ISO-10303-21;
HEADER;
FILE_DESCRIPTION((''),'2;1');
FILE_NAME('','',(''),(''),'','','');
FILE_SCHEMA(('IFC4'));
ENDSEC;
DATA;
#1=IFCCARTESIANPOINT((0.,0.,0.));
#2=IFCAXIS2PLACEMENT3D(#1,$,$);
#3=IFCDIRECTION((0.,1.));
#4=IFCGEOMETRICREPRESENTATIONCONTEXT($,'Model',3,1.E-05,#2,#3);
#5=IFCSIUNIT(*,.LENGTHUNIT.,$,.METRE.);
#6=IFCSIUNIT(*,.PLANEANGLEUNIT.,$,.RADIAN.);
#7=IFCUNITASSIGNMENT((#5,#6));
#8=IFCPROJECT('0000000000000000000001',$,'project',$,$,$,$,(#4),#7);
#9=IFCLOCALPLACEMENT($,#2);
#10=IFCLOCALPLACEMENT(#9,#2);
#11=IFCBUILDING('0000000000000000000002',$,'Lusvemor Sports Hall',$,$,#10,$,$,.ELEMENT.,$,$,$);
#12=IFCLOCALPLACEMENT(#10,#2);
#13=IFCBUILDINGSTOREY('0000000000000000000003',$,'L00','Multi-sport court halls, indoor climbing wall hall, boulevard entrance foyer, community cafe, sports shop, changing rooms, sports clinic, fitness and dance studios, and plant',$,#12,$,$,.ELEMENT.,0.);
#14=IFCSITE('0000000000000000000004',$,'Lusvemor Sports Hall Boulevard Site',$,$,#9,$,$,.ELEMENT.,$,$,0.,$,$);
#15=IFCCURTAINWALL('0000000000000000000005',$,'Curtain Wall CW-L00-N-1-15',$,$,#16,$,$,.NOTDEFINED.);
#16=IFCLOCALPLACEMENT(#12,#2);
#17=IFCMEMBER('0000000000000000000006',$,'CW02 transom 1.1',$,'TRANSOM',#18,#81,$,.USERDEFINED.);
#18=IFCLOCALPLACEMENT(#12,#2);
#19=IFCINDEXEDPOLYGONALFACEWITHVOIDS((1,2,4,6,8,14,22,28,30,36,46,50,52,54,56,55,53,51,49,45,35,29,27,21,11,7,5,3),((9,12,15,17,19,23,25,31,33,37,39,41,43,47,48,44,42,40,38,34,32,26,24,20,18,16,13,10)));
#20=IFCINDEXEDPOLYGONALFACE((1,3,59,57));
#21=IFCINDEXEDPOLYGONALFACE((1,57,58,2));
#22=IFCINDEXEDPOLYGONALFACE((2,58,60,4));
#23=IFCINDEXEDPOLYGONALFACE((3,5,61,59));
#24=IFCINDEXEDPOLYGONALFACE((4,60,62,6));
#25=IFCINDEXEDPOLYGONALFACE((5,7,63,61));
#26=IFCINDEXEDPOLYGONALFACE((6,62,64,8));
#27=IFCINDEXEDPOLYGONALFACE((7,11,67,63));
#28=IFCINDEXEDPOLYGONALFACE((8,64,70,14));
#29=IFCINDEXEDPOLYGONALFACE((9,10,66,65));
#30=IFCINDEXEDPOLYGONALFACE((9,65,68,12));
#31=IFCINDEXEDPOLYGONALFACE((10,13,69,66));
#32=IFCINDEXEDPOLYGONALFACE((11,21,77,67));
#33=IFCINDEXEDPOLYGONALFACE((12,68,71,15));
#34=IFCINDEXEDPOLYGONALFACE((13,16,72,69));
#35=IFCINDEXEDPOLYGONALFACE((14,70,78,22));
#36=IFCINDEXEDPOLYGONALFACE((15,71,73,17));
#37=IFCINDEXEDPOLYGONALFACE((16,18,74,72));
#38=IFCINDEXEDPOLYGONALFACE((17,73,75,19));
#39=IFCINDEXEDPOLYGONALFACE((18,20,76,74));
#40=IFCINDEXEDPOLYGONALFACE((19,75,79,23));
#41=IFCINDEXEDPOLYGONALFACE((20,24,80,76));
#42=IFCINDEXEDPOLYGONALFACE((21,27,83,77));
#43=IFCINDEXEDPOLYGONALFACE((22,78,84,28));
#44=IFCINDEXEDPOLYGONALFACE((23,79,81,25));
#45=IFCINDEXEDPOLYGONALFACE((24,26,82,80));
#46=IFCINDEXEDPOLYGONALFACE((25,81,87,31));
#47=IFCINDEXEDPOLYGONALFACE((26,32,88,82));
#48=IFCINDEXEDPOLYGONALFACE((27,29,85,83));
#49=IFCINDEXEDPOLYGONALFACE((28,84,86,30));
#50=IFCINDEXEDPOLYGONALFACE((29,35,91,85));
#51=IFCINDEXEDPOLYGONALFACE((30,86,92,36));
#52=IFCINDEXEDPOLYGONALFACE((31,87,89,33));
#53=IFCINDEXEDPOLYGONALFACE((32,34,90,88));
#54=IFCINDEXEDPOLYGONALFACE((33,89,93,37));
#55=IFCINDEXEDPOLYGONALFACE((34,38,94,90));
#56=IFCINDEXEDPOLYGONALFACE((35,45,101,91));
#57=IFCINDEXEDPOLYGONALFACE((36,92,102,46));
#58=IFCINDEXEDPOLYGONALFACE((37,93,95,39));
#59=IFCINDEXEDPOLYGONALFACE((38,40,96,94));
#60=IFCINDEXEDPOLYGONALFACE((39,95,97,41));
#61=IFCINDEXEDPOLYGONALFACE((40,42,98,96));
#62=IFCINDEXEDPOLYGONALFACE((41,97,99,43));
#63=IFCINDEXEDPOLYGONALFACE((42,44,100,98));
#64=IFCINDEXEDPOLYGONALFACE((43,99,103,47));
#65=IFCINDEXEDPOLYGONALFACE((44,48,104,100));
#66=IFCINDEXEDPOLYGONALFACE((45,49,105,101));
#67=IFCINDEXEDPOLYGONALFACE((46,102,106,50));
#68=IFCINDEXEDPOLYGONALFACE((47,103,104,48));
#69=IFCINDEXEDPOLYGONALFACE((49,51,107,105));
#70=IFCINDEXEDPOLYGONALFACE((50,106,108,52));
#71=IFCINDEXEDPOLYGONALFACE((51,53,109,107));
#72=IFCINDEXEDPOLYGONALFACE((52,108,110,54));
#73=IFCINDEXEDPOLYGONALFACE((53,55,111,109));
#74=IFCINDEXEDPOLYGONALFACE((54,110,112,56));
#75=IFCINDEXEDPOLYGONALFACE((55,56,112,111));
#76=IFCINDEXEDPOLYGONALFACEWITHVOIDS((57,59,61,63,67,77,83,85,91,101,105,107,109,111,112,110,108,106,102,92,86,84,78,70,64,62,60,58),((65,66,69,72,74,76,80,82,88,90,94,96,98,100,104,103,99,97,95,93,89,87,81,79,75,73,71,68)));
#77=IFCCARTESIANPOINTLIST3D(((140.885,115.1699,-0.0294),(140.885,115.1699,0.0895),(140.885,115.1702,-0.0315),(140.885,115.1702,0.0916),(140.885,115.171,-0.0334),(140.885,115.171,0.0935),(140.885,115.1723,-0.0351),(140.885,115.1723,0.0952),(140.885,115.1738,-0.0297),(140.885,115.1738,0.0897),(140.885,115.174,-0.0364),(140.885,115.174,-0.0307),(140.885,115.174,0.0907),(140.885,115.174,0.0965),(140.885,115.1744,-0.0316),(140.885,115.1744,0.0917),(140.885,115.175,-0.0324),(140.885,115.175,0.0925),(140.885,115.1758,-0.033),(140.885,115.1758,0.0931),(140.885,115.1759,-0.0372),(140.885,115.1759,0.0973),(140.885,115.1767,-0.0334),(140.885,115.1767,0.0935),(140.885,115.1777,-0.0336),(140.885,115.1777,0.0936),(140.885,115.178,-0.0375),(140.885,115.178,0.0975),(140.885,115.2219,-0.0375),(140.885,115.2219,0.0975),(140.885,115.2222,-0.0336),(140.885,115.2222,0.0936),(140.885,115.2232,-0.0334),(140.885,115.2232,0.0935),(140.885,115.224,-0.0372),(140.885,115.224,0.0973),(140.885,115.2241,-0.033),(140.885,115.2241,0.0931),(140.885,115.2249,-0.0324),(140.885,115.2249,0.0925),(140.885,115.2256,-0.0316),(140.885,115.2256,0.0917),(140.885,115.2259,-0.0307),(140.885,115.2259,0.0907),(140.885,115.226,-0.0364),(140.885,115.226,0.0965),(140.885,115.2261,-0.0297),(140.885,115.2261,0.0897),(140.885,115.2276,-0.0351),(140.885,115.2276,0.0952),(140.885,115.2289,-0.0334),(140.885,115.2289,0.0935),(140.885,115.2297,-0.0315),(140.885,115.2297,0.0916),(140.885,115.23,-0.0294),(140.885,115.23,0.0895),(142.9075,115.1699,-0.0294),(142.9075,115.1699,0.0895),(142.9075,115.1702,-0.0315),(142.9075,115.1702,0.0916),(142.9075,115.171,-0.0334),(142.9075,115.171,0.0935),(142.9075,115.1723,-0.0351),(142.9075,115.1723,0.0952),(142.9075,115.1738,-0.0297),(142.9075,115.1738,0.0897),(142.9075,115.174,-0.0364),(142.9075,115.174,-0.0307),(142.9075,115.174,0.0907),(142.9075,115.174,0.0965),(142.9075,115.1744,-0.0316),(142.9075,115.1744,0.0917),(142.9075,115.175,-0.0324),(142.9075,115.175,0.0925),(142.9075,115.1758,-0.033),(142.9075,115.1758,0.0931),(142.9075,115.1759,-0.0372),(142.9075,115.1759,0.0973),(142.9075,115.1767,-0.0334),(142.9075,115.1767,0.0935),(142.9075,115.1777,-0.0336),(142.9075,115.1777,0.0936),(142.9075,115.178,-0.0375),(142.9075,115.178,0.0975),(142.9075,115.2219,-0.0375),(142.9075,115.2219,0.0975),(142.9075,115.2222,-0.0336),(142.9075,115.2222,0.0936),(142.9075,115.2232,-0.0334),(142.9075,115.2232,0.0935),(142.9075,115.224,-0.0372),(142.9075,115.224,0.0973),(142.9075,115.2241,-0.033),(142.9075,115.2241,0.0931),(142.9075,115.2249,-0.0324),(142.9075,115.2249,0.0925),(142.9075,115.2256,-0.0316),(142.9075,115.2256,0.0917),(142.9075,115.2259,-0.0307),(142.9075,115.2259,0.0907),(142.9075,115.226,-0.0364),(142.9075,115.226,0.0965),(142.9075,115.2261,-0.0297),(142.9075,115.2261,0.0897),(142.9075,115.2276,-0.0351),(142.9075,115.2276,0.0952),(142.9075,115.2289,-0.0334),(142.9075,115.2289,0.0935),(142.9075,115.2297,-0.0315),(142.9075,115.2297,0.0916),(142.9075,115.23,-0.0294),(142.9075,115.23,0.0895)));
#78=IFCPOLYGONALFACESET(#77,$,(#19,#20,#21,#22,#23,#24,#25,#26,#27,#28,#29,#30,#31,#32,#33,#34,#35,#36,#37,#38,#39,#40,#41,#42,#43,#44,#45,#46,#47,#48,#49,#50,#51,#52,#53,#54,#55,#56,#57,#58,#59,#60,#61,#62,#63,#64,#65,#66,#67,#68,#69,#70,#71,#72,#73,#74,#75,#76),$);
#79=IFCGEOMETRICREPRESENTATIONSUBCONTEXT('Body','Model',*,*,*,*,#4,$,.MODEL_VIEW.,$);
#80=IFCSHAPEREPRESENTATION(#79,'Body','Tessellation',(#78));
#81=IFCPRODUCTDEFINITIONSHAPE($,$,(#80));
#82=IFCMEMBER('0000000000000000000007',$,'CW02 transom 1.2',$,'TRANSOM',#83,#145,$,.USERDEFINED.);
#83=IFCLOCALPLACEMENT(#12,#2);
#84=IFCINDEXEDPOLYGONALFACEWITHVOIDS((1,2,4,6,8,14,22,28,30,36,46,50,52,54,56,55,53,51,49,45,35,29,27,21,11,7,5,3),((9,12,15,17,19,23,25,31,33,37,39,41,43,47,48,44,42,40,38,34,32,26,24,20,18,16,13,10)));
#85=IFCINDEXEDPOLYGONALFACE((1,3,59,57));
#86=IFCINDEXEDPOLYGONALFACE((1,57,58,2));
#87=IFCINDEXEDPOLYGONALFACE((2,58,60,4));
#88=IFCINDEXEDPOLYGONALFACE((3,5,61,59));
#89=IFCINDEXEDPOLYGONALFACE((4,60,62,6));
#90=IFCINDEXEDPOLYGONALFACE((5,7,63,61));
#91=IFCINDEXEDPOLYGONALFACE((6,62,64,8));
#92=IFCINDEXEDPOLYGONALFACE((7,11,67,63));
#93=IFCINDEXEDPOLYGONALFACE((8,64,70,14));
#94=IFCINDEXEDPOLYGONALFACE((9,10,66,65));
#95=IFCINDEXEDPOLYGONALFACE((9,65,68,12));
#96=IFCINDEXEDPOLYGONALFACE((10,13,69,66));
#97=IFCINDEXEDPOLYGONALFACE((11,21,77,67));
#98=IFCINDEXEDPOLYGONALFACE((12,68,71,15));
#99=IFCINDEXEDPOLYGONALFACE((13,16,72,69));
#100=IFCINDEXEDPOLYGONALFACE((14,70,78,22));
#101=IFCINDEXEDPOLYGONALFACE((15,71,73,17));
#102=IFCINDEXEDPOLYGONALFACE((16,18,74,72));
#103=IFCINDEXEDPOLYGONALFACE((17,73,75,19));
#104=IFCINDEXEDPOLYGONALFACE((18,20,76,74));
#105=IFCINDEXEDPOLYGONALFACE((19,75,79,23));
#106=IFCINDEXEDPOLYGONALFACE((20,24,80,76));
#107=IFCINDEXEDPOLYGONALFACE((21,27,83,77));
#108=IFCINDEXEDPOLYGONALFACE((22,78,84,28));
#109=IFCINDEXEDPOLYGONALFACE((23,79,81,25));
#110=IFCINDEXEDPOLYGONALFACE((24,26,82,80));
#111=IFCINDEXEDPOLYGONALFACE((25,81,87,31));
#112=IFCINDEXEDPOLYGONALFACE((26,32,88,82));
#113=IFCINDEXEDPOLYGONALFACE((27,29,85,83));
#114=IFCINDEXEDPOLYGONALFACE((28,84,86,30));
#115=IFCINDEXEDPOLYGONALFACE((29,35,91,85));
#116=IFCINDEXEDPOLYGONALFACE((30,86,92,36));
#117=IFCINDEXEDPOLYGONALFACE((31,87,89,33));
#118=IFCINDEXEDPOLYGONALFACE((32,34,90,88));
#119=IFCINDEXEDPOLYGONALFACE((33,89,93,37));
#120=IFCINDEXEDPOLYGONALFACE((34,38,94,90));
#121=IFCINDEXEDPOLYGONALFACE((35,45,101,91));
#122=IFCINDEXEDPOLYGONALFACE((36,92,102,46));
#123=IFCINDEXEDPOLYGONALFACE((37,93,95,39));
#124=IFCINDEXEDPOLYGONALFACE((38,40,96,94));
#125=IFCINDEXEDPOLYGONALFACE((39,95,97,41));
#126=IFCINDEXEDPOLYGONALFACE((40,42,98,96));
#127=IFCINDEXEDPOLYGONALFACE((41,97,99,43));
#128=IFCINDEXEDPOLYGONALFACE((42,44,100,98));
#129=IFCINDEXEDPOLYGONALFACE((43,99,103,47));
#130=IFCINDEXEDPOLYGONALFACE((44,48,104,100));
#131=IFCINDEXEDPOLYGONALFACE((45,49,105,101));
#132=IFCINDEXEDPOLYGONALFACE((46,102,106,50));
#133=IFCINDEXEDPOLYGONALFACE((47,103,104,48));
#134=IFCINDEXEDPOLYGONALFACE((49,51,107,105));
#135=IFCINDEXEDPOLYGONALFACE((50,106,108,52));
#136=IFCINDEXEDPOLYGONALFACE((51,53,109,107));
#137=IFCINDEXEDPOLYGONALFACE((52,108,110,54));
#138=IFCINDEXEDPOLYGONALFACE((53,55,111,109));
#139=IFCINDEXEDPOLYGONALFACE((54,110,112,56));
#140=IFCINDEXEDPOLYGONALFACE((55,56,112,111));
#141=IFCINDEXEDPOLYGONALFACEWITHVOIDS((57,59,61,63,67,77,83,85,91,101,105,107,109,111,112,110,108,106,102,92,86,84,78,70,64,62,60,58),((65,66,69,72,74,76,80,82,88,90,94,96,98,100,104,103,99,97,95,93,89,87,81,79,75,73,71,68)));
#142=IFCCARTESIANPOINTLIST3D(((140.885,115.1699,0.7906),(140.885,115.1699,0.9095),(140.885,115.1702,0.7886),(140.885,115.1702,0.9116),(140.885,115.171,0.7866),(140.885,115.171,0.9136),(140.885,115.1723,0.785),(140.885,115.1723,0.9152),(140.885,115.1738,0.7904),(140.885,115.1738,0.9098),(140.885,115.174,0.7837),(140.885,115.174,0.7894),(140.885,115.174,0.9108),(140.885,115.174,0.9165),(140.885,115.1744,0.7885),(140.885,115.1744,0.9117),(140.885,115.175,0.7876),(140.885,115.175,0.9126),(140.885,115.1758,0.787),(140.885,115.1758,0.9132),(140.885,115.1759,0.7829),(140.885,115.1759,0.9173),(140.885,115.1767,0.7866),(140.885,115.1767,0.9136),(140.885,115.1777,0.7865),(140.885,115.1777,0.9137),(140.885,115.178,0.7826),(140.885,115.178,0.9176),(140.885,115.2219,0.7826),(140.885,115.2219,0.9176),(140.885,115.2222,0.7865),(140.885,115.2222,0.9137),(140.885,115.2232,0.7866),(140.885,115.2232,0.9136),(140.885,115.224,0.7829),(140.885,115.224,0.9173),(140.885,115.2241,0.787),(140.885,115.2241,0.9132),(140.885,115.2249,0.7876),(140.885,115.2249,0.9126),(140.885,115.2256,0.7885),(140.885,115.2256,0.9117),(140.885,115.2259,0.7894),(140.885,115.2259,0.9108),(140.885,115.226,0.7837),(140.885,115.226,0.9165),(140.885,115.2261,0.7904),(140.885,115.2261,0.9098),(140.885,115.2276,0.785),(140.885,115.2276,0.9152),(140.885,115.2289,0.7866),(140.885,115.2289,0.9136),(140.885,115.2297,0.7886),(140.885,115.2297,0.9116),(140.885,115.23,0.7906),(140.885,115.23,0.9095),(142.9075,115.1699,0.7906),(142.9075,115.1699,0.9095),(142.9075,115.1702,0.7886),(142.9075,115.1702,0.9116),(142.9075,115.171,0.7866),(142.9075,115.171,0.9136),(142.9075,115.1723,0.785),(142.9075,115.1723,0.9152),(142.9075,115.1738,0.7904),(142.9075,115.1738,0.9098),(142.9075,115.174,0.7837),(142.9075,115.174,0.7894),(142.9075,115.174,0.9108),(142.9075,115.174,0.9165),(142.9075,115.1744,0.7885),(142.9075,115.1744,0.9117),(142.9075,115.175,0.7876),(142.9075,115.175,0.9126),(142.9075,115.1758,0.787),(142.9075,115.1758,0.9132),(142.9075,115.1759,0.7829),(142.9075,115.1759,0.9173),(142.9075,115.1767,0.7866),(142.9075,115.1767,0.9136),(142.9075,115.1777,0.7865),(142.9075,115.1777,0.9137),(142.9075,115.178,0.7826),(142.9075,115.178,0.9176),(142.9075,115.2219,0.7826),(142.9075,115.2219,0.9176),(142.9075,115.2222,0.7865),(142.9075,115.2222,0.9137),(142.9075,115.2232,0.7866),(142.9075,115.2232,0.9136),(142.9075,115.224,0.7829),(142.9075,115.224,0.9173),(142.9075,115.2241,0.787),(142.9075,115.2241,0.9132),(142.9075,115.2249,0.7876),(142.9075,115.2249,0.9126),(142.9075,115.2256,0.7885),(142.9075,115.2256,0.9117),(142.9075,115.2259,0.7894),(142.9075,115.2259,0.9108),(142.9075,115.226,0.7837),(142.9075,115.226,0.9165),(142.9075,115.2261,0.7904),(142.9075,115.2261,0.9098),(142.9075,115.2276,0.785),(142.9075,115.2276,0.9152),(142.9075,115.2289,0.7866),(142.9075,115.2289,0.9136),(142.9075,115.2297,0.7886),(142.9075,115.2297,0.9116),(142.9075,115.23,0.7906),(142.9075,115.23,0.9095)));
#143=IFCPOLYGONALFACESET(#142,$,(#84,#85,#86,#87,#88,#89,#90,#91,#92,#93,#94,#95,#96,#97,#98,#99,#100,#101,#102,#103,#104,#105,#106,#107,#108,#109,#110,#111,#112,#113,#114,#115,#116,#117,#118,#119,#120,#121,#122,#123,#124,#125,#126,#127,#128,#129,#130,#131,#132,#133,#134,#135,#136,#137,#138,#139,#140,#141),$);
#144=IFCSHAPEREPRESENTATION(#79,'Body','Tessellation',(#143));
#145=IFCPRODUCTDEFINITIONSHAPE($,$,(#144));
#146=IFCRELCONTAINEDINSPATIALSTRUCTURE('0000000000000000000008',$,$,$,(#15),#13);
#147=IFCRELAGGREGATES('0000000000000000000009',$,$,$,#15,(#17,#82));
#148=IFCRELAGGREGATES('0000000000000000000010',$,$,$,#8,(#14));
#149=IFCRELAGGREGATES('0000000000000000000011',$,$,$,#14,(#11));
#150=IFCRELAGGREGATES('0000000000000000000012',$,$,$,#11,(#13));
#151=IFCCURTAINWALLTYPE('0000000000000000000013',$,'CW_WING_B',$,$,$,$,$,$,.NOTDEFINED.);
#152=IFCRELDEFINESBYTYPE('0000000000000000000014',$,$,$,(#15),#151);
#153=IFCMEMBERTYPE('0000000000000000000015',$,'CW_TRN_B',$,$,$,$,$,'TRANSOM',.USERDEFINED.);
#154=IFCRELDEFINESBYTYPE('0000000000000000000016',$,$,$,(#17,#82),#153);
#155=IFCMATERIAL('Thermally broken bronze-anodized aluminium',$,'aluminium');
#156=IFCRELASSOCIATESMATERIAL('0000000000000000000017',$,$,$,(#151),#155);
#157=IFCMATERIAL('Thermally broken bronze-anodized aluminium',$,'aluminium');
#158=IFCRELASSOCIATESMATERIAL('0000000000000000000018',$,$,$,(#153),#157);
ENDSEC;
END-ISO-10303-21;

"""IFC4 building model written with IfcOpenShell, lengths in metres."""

from ifc_helpers import new_model, si_unit, direction, frame, origin, origin_2d, place, context, subcontext, project, spatial, hollow_rectangle, extrude, material, material_profile, profile_set, type_object, element, aggregate, save


model = new_model("IFC4")

# Units and contexts
model_context = context("Model", 3, precision=1e-05, world=origin(), true_north=direction((0.0, 1.0)))
body_context = subcontext(model_context, "Body", "Model", "MODEL_VIEW")
ifc_project = project(units=[si_unit("LENGTHUNIT", "METRE"), si_unit("PLANEANGLEUNIT", "RADIAN")], contexts=[model_context])

# Site, building, storey
site_placement = place(None, origin())
site = spatial("IfcSite", under=ifc_project, at=site_placement, Name="Lusvemor Sports Hall Boulevard Site", CompositionType="ELEMENT", RefElevation=0.0)
building_placement = place(site_placement, origin())
building = spatial("IfcBuilding", under=site, at=building_placement, Name="Lusvemor Sports Hall", CompositionType="ELEMENT")
storey_placement = place(building_placement, origin())
storey = spatial("IfcBuildingStorey", under=building, at=storey_placement, Name="L00", Description="Multi-sport court halls, indoor climbing wall hall, boulevard entrance foyer, community cafe, sports shop, changing rooms, sports clinic, fitness and dance studios, and plant", CompositionType="ELEMENT", Elevation=0.0)

# Curtain wall, members
ifc_material_1 = material(Name="Thermally broken bronze-anodized aluminium", Category="aluminium")
curtain_wall_type = type_object("IfcCurtainWallType", Name="CW_WING_B", PredefinedType="NOTDEFINED", material=ifc_material_1)
curtain_wall_placement = place(storey_placement, origin())
curtain_wall = element("IfcCurtainWall", 1, at=curtain_wall_placement, inside=storey, type_object=curtain_wall_type, Name="Curtain Wall CW-L00-N-1-15", PredefinedType="NOTDEFINED")
ifc_material_2 = material(Name="Thermally broken bronze-anodized aluminium", Category="aluminium")
ifc_material_profile_1 = material_profile(ifc_material_2, hollow_rectangle(XDim=0.0601, YDim=0.135, WallThickness=0.0039, InnerFilletRadius=0.0039, OuterFilletRadius=0.0081, at=origin_2d()), Name="CWTRN135x60x4")
ifc_profile_set_1 = profile_set([ifc_material_profile_1], Name="Thermally broken bronze-anodized aluminium")
member_type_1 = type_object("IfcMemberType", Name="CW_TRN_B", ElementType="TRANSOM", PredefinedType="USERDEFINED", material=ifc_profile_set_1)
member_1_placement = place(storey_placement, frame((140.885, 115.2, 0.03), z_axis=(1.0, 0.0, 0.0), x_axis=(0.0, 1.0, 0.0)))
member_1 = element("IfcMember", 2, at=member_1_placement, type_object=member_type_1, Name="CW02 transom 1.1", ObjectType="TRANSOM", PredefinedType="USERDEFINED", context=body_context, shape_type="SweptSolid", body=[
    extrude(hollow_rectangle(XDim=0.0601, YDim=0.135, WallThickness=0.0039, InnerFilletRadius=0.0039, OuterFilletRadius=0.0081, at=origin_2d()), origin(), (0.0, 0.0, 1.0), 2.0225),
])
member_2_placement = place(storey_placement, frame((140.885, 115.2, 0.8501), z_axis=(1.0, 0.0, 0.0), x_axis=(0.0, 1.0, 0.0)))
member_2 = element("IfcMember", 3, at=member_2_placement, type_object=member_type_1, Name="CW02 transom 1.2", ObjectType="TRANSOM", PredefinedType="USERDEFINED", context=body_context, shape_type="SweptSolid", body=[
    extrude(hollow_rectangle(XDim=0.0601, YDim=0.135, WallThickness=0.0039, InnerFilletRadius=0.0039, OuterFilletRadius=0.0081, at=origin_2d()), origin(), (0.0, 0.0, 1.0), 2.0225),
])
aggregate(curtain_wall, [member_1, member_2])

save(model, "model.ifc")
